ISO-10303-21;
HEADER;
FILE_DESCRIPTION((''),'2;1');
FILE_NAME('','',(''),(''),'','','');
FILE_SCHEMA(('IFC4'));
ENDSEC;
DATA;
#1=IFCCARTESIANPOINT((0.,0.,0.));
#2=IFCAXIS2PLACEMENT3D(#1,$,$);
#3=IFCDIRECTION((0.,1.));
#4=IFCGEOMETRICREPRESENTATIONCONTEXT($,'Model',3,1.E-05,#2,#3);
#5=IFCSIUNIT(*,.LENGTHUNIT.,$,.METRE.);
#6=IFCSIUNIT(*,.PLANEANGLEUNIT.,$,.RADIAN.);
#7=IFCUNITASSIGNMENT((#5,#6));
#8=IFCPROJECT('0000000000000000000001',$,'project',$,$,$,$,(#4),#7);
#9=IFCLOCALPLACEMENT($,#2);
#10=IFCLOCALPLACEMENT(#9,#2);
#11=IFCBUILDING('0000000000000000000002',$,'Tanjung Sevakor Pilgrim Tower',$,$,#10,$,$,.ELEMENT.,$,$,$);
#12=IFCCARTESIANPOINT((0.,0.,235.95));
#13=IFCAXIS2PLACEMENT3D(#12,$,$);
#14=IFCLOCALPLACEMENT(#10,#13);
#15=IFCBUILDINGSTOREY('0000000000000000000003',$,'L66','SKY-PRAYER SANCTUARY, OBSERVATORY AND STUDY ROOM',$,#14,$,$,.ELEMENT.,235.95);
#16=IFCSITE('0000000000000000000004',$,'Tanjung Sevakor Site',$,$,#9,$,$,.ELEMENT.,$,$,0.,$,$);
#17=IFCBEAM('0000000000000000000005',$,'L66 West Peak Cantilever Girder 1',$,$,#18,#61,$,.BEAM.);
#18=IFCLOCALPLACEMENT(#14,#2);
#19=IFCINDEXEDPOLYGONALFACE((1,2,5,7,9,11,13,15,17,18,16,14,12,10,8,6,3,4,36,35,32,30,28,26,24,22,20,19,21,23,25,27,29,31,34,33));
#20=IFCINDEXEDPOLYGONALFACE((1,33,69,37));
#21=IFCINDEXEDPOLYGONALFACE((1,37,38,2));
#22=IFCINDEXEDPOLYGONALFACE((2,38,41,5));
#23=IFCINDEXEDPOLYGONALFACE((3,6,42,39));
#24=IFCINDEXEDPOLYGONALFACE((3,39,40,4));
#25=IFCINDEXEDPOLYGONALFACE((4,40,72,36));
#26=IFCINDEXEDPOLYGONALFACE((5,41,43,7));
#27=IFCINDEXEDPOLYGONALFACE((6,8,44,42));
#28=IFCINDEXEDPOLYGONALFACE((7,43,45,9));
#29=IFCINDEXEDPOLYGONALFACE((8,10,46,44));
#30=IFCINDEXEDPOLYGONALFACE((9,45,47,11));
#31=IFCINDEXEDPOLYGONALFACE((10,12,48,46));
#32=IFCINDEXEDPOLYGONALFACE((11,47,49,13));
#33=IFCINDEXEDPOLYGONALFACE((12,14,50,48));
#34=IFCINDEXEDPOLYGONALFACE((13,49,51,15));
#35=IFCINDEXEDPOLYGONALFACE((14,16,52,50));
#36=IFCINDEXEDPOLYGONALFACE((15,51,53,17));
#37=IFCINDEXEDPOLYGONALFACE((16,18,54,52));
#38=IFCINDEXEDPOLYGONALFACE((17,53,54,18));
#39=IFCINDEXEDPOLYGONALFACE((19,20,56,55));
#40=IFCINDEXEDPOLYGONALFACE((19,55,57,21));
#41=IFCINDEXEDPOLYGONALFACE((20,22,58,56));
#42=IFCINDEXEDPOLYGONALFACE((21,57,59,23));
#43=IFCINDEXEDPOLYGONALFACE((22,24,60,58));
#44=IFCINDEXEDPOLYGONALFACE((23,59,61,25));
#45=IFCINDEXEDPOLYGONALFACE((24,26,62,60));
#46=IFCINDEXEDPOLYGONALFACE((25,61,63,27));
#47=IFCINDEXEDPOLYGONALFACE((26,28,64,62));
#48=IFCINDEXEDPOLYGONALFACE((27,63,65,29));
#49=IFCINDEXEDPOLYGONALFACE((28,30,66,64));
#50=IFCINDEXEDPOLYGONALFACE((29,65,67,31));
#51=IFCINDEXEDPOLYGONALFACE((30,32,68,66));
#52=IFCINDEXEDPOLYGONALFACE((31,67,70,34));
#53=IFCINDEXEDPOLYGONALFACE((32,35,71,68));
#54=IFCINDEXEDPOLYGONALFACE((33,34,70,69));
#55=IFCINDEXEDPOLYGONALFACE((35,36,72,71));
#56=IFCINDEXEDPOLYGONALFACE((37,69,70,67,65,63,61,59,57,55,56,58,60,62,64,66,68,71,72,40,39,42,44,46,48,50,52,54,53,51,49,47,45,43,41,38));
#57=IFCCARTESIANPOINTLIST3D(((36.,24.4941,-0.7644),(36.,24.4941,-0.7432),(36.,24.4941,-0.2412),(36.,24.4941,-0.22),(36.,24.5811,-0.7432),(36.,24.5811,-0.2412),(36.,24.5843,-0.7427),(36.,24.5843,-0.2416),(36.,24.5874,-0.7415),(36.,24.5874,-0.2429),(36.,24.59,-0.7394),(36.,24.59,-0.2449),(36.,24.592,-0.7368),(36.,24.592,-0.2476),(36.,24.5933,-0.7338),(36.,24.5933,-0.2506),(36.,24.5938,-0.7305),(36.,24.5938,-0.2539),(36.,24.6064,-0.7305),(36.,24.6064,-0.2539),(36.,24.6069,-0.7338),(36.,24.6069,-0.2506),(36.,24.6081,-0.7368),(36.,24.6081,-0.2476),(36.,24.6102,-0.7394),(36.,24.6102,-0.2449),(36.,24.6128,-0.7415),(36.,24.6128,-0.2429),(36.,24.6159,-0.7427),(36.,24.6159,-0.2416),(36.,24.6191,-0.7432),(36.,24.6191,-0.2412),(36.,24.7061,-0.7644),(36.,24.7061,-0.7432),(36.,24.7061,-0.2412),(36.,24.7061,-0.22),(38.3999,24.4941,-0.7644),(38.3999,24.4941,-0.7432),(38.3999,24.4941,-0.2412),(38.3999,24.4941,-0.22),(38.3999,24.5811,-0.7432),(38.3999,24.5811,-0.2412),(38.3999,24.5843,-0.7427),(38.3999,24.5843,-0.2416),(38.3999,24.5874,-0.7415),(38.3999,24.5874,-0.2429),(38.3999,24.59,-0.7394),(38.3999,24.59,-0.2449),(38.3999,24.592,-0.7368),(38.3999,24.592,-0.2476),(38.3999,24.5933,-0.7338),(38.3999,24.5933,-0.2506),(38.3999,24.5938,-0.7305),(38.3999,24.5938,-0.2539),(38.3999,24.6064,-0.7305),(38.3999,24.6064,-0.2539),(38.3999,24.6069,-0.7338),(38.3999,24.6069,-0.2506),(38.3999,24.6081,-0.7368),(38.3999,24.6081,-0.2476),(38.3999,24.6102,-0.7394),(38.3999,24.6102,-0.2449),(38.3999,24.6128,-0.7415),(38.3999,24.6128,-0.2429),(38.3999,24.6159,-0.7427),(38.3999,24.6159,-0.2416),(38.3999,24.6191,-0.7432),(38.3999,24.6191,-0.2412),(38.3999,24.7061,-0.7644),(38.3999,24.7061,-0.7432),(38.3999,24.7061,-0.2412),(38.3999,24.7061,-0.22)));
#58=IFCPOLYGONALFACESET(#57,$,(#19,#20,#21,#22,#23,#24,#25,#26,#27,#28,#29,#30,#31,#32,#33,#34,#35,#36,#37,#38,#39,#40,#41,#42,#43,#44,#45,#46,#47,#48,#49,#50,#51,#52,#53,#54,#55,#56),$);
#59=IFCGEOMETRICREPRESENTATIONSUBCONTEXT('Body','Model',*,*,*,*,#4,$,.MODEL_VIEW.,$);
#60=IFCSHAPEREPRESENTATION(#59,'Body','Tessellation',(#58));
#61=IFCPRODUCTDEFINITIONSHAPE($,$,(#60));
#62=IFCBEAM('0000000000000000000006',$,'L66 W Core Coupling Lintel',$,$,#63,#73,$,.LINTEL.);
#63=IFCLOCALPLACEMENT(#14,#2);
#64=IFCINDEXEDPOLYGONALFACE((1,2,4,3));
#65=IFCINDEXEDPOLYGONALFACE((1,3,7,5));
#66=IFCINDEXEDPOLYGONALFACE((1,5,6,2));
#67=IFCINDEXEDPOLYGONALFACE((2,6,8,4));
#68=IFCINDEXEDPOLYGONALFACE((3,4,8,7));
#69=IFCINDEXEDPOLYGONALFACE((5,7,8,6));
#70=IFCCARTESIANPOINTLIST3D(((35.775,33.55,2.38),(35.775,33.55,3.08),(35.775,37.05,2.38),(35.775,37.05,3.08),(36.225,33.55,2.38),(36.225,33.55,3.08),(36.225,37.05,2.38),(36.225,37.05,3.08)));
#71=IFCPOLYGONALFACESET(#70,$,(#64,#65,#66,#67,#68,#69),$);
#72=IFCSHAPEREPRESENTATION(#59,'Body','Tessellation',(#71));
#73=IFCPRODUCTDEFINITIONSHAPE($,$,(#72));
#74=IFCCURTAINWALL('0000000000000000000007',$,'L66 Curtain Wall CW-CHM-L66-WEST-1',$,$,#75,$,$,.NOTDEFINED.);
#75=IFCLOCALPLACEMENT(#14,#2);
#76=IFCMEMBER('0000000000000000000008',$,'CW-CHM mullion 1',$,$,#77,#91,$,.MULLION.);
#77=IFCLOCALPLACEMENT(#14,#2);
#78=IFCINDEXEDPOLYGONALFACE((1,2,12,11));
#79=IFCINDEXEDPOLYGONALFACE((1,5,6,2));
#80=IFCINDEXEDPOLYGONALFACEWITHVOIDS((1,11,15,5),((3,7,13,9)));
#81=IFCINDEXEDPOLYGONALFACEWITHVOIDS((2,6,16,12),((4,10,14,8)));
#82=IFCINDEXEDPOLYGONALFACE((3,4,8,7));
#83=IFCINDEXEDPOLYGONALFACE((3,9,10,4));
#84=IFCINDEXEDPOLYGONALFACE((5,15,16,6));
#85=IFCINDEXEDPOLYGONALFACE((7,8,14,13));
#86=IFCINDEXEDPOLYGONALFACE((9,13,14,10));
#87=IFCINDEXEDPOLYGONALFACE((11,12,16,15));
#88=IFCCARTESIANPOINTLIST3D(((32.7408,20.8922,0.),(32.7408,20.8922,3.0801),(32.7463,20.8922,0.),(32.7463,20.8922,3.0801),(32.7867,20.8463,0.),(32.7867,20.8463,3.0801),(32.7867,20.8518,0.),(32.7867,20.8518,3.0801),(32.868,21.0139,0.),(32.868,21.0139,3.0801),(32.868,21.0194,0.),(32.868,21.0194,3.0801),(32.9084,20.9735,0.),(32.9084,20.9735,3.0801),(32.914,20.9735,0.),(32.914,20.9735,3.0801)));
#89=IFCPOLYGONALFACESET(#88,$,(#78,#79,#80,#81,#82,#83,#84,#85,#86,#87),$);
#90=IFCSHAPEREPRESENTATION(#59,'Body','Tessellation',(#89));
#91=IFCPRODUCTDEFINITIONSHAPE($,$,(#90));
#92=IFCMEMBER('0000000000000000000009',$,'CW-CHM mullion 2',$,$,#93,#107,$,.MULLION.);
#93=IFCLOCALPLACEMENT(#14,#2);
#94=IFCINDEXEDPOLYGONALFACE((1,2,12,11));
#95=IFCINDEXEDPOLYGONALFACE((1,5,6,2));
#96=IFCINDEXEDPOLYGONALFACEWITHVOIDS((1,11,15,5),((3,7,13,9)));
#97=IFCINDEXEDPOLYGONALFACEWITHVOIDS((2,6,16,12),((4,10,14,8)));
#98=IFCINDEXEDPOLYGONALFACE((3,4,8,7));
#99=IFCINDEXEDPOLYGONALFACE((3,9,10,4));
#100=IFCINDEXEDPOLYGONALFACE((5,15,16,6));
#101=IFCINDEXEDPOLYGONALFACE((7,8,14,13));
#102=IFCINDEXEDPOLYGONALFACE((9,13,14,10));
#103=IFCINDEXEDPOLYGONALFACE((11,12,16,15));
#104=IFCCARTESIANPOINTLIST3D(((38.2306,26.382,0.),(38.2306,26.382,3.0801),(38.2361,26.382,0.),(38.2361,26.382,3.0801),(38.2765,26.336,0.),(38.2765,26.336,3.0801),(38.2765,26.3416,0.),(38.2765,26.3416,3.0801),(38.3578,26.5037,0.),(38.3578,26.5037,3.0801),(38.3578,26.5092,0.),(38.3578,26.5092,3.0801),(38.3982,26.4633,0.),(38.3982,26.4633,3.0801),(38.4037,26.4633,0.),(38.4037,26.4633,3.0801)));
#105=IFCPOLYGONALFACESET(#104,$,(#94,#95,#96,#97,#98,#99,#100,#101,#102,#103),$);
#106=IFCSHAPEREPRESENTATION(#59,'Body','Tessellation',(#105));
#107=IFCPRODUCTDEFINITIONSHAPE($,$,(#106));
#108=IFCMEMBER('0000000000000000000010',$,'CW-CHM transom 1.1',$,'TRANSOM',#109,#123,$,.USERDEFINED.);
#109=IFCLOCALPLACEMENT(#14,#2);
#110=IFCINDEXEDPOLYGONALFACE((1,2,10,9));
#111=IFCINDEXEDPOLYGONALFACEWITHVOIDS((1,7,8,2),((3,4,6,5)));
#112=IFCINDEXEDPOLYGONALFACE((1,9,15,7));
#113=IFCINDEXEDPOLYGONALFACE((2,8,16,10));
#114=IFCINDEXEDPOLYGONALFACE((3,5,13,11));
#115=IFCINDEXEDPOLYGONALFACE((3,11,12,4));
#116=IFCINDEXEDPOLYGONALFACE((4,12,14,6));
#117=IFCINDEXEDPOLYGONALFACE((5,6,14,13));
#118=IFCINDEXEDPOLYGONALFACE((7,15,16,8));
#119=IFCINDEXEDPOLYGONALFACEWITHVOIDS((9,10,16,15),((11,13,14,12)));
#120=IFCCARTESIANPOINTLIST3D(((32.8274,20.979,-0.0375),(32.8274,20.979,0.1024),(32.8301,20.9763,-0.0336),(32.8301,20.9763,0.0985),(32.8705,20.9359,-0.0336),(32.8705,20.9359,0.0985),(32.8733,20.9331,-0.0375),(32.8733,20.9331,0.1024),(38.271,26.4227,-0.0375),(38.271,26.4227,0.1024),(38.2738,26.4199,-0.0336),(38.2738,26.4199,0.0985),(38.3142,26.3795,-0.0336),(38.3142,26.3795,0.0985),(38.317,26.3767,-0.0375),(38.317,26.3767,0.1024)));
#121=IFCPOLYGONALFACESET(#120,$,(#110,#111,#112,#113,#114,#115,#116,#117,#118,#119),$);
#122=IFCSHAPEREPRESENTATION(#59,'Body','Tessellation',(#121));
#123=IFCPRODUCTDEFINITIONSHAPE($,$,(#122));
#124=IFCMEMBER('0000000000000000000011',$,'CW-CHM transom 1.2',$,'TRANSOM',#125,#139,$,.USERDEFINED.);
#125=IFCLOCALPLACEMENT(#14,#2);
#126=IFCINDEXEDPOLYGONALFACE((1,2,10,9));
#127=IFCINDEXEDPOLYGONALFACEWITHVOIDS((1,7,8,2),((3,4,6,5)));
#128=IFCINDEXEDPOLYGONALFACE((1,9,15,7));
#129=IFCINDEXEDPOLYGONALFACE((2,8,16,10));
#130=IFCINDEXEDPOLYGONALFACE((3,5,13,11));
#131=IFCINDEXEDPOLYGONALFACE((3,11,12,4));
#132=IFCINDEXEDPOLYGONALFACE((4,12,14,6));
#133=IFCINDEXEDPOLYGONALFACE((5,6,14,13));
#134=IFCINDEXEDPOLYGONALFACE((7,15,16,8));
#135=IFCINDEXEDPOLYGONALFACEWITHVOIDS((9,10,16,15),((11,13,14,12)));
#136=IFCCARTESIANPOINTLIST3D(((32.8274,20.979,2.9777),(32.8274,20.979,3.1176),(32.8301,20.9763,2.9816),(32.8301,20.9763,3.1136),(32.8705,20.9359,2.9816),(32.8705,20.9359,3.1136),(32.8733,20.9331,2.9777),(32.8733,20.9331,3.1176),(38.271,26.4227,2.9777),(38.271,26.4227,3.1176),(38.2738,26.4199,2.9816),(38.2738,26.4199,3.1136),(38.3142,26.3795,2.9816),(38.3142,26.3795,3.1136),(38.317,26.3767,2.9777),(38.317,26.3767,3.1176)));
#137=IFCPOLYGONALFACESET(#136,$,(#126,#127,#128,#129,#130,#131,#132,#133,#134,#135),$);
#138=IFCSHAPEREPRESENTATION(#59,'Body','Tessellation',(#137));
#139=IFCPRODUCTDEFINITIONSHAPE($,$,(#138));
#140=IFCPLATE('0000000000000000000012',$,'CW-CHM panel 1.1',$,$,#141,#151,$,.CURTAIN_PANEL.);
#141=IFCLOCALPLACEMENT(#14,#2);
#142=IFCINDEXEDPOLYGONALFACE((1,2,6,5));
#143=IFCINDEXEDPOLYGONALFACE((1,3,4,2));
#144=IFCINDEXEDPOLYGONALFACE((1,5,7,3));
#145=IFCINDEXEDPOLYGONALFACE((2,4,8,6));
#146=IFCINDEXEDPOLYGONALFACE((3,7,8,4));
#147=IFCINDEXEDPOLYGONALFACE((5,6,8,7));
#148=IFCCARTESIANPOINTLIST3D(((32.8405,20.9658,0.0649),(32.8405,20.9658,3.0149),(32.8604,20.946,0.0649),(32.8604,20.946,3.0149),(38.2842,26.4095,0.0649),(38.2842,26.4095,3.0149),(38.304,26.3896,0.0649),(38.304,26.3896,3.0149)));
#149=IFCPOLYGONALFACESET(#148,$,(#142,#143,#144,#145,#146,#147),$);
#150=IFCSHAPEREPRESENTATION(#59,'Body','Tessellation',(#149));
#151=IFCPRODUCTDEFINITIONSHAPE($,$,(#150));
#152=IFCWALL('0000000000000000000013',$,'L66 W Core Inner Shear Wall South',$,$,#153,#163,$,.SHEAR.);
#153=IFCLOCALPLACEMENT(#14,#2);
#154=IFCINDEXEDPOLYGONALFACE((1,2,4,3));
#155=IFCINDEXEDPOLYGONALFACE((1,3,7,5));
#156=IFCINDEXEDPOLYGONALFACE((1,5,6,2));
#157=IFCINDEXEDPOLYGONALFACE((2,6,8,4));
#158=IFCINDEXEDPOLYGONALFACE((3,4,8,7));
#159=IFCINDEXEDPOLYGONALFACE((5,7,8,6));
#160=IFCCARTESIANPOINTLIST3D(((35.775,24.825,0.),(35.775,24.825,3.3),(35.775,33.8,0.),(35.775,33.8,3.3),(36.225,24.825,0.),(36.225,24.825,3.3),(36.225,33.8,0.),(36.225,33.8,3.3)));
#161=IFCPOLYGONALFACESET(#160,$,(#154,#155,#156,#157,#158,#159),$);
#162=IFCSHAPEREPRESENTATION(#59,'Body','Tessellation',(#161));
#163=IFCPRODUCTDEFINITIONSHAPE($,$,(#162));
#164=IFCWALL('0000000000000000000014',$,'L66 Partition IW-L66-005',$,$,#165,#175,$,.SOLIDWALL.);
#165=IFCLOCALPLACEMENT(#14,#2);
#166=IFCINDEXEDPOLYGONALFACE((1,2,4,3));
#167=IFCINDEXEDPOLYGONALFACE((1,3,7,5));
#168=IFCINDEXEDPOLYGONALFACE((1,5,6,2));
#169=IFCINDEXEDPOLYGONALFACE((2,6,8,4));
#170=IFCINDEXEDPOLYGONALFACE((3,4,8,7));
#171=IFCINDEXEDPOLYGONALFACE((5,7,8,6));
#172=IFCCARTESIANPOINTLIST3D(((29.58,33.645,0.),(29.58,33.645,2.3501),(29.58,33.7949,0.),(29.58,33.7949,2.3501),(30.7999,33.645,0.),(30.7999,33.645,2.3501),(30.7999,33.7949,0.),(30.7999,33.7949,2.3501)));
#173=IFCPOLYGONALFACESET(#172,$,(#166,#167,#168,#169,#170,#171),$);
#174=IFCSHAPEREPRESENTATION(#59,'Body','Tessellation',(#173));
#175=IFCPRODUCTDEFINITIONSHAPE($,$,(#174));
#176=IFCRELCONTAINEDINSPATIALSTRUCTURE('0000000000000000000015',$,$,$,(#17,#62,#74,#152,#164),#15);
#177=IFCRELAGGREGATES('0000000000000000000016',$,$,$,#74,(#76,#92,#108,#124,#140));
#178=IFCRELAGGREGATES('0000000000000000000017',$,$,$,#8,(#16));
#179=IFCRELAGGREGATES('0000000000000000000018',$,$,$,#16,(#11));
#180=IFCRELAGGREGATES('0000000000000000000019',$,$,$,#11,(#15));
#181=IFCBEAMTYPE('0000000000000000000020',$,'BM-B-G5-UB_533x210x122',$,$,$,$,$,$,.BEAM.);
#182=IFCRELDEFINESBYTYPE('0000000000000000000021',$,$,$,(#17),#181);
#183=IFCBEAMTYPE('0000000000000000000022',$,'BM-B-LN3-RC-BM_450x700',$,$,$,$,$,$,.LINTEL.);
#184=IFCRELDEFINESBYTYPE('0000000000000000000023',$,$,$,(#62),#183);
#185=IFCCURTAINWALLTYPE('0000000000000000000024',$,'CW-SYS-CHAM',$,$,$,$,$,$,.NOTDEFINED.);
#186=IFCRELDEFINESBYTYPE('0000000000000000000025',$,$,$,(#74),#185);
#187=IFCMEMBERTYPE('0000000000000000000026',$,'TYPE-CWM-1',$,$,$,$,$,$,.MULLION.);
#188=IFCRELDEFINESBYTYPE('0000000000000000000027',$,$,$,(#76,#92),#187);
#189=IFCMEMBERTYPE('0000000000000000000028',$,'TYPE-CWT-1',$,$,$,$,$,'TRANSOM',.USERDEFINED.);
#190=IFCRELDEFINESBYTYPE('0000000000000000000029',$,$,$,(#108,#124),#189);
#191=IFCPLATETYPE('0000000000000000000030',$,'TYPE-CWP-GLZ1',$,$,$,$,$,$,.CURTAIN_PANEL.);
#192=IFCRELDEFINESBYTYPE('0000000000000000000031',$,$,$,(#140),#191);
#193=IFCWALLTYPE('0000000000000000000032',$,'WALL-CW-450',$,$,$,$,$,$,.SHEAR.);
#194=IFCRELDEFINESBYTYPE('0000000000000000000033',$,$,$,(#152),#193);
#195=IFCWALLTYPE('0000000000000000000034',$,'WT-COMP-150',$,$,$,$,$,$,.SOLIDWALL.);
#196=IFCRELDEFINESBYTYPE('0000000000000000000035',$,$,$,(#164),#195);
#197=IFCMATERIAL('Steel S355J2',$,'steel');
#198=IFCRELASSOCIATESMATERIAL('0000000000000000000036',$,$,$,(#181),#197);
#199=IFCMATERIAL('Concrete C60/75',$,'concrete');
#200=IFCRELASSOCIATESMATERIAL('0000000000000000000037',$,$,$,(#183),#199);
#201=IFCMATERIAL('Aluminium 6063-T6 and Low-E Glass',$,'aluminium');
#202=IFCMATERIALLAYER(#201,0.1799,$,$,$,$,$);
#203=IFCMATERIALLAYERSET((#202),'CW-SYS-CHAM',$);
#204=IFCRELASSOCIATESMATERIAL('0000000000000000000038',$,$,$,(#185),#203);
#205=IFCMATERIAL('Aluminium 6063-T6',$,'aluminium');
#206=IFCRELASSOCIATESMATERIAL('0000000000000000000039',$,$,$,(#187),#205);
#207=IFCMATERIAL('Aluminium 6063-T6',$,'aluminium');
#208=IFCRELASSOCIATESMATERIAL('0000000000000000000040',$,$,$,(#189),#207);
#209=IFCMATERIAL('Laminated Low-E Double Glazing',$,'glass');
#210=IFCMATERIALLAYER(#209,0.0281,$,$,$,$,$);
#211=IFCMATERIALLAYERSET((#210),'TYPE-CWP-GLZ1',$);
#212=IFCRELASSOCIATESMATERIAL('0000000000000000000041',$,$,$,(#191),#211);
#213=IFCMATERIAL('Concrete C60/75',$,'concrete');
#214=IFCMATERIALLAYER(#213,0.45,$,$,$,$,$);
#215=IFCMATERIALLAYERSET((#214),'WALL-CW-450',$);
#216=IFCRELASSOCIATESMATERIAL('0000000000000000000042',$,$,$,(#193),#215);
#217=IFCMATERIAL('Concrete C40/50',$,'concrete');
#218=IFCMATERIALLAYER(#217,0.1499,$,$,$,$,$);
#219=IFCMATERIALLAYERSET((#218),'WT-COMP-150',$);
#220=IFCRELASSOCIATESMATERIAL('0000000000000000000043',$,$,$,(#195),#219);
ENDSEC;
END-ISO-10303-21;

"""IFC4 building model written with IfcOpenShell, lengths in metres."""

from ifc_helpers import new_model, si_unit, direction, frame, frame_2d, origin, origin_2d, place, context, subcontext, project, spatial, rectangle, hollow_rectangle, i_section, extrude, material, layer, layer_set, material_profile, profile_set, type_object, element, aggregate, save


model = new_model("IFC4")

# Units and contexts
model_context = context("Model", 3, precision=1e-05, world=origin(), true_north=direction((0.0, 1.0)))
body_context = subcontext(model_context, "Body", "Model", "MODEL_VIEW")
ifc_project = project(units=[si_unit("LENGTHUNIT", "METRE"), si_unit("PLANEANGLEUNIT", "RADIAN")], contexts=[model_context])

# Site, building, storey
site_placement = place(None, origin())
site = spatial("IfcSite", under=ifc_project, at=site_placement, Name="Tanjung Sevakor Site", CompositionType="ELEMENT", RefElevation=0.0)
building_placement = place(site_placement, origin())
building = spatial("IfcBuilding", under=site, at=building_placement, Name="Tanjung Sevakor Pilgrim Tower", CompositionType="ELEMENT")
storey_placement = place(building_placement, frame((0.0, 0.0, 235.95)))
storey = spatial("IfcBuildingStorey", under=building, at=storey_placement, Name="L66", Description="SKY-PRAYER SANCTUARY, OBSERVATORY AND STUDY ROOM", CompositionType="ELEMENT", Elevation=235.95)

# Beams
ifc_material_1 = material(Name="Steel S355J2", Category="steel")
ifc_material_profile_1 = material_profile(ifc_material_1, i_section(OverallWidth=0.2119, OverallDepth=0.5444, WebThickness=0.0127, FlangeThickness=0.0212, FilletRadius=0.0127, at=origin_2d()))
ifc_profile_set_1 = profile_set([ifc_material_profile_1], Name="Steel S355J2")
beam_type_1 = type_object("IfcBeamType", Name="BM-B-G5-UB_533x210x122", PredefinedType="BEAM", material=ifc_profile_set_1)
beam_1_placement = place(storey_placement, frame((36.0, 24.6001, -0.4922), z_axis=(1.0, 0.0, 0.0), x_axis=(0.0, 1.0, 0.0)))
element("IfcBeam", 1, at=beam_1_placement, inside=storey, type_object=beam_type_1, Name="L66 West Peak Cantilever Girder 1", PredefinedType="BEAM", context=body_context, shape_type="SweptSolid", body=[
    extrude(i_section(OverallWidth=0.2119, OverallDepth=0.5444, WebThickness=0.0127, FlangeThickness=0.0212, FilletRadius=0.0127, at=origin_2d()), origin(), (0.0, 0.0, 1.0), 2.3999),
])
ifc_material_2 = material(Name="Concrete C60/75", Category="concrete")
ifc_material_profile_2 = material_profile(ifc_material_2, rectangle(XDim=0.45, YDim=0.7, at=origin_2d()))
ifc_profile_set_2 = profile_set([ifc_material_profile_2], Name="Concrete C60/75")
beam_type_2 = type_object("IfcBeamType", Name="BM-B-LN3-RC-BM_450x700", PredefinedType="LINTEL", material=ifc_profile_set_2)
beam_2_placement = place(storey_placement, frame((36.0, 33.55, 2.73), z_axis=(0.0, 1.0, 0.0), x_axis=(-1.0, 0.0, 0.0)))
element("IfcBeam", 2, at=beam_2_placement, inside=storey, type_object=beam_type_2, Name="L66 W Core Coupling Lintel", PredefinedType="LINTEL", context=body_context, shape_type="SweptSolid", body=[
    extrude(rectangle(XDim=0.45, YDim=0.7, at=origin_2d()), origin(), (0.0, 0.0, 1.0), 3.5),
])

# Curtain wall, members, plate
ifc_material_3 = material(Name="Aluminium 6063-T6 and Low-E Glass", Category="aluminium")
ifc_layer_1 = layer(ifc_material_3, 0.1799)
ifc_layer_set_1 = layer_set([ifc_layer_1], Name="CW-SYS-CHAM")
curtain_wall_type = type_object("IfcCurtainWallType", Name="CW-SYS-CHAM", PredefinedType="NOTDEFINED", material=ifc_layer_set_1)
curtain_wall_placement = place(storey_placement, origin())
curtain_wall = element("IfcCurtainWall", 3, at=curtain_wall_placement, inside=storey, type_object=curtain_wall_type, Name="L66 Curtain Wall CW-CHM-L66-WEST-1", PredefinedType="NOTDEFINED")
ifc_material_4 = material(Name="Aluminium 6063-T6", Category="aluminium")
ifc_material_profile_3 = material_profile(ifc_material_4, hollow_rectangle(XDim=0.0649, YDim=0.1799, WallThickness=0.0039, at=origin_2d()))
ifc_profile_set_3 = profile_set([ifc_material_profile_3], Name="Aluminium 6063-T6")
member_type_1 = type_object("IfcMemberType", Name="TYPE-CWM-1", PredefinedType="MULLION", material=ifc_profile_set_3)
member_1_placement = place(storey_placement, frame((32.8274, 20.9329, 0.0), z_axis=(0.0, 0.0, 1.0), x_axis=(-0.707107, 0.707107, 0.0)))
member_1 = element("IfcMember", 4, at=member_1_placement, type_object=member_type_1, Name="CW-CHM mullion 1", PredefinedType="MULLION", context=body_context, shape_type="SweptSolid", body=[
    extrude(hollow_rectangle(XDim=0.0649, YDim=0.1799, WallThickness=0.0039, at=origin_2d()), origin(), (0.0, 0.0, 1.0), 3.0801),
])
member_2_placement = place(storey_placement, frame((38.3171, 26.4226, 0.0), z_axis=(0.0, 0.0, 1.0), x_axis=(-0.707107, 0.707107, 0.0)))
member_2 = element("IfcMember", 5, at=member_2_placement, type_object=member_type_1, Name="CW-CHM mullion 2", PredefinedType="MULLION", context=body_context, shape_type="SweptSolid", body=[
    extrude(hollow_rectangle(XDim=0.0649, YDim=0.1799, WallThickness=0.0039, at=origin_2d()), origin(), (0.0, 0.0, 1.0), 3.0801),
])
ifc_material_5 = material(Name="Aluminium 6063-T6", Category="aluminium")
ifc_material_profile_4 = material_profile(ifc_material_5, hollow_rectangle(XDim=0.0649, YDim=0.1399, WallThickness=0.0039, at=origin_2d()))
ifc_profile_set_4 = profile_set([ifc_material_profile_4], Name="Aluminium 6063-T6")
member_type_2 = type_object("IfcMemberType", Name="TYPE-CWT-1", ElementType="TRANSOM", PredefinedType="USERDEFINED", material=ifc_profile_set_4)
member_3_placement = place(storey_placement, frame((32.8503, 20.9561, 0.0325), z_axis=(0.707107, 0.707107, 0.0), x_axis=(-0.707107, 0.707107, 0.0)))
member_3 = element("IfcMember", 6, at=member_3_placement, type_object=member_type_2, Name="CW-CHM transom 1.1", ObjectType="TRANSOM", PredefinedType="USERDEFINED", context=body_context, shape_type="SweptSolid", body=[
    extrude(hollow_rectangle(XDim=0.0649, YDim=0.1399, WallThickness=0.0039, at=origin_2d()), origin(), (0.0, 0.0, 1.0), 7.6985),
])
member_4_placement = place(storey_placement, frame((32.8503, 20.9561, 3.0476), z_axis=(0.707107, 0.707107, 0.0), x_axis=(-0.707107, 0.707107, 0.0)))
member_4 = element("IfcMember", 7, at=member_4_placement, type_object=member_type_2, Name="CW-CHM transom 1.2", ObjectType="TRANSOM", PredefinedType="USERDEFINED", context=body_context, shape_type="SweptSolid", body=[
    extrude(hollow_rectangle(XDim=0.0649, YDim=0.1399, WallThickness=0.0039, at=origin_2d()), origin(), (0.0, 0.0, 1.0), 7.6985),
])
ifc_material_6 = material(Name="Laminated Low-E Double Glazing", Category="glass")
ifc_layer_2 = layer(ifc_material_6, 0.0281)
ifc_layer_set_2 = layer_set([ifc_layer_2], Name="TYPE-CWP-GLZ1")
plate_type = type_object("IfcPlateType", Name="TYPE-CWP-GLZ1", PredefinedType="CURTAIN_PANEL", material=ifc_layer_set_2)
plate_placement = place(storey_placement, frame((35.5723, 23.6777, 0.0649), z_axis=(0.0, 0.0, 1.0), x_axis=(0.707107, 0.707107, 0.0)))
plate = element("IfcPlate", 8, at=plate_placement, type_object=plate_type, Name="CW-CHM panel 1.1", PredefinedType="CURTAIN_PANEL", context=body_context, shape_type="SweptSolid", body=[
    extrude(rectangle(XDim=7.6985, YDim=0.0281, at=origin_2d()), origin(), (0.0, 0.0, 1.0), 2.95),
])
aggregate(curtain_wall, [member_1, member_2, member_3, member_4, plate])

# Walls
ifc_material_7 = material(Name="Concrete C60/75", Category="concrete")
ifc_layer_3 = layer(ifc_material_7, 0.45)
ifc_layer_set_3 = layer_set([ifc_layer_3], Name="WALL-CW-450")
wall_type_1 = type_object("IfcWallType", Name="WALL-CW-450", PredefinedType="SHEAR", material=ifc_layer_set_3)
wall_1_placement = place(storey_placement, frame((36.0, 24.825, 0.0), z_axis=(0.0, 0.0, 1.0), x_axis=(0.0, 1.0, 0.0)))
element("IfcWall", 9, at=wall_1_placement, inside=storey, type_object=wall_type_1, Name="L66 W Core Inner Shear Wall South", PredefinedType="SHEAR", context=body_context, shape_type="SweptSolid", body=[
    extrude(rectangle(XDim=8.9751, YDim=0.45, at=frame_2d((4.4875, 0.0))), origin(), (0.0, 0.0, 1.0), 3.3),
])
ifc_material_8 = material(Name="Concrete C40/50", Category="concrete")
ifc_layer_4 = layer(ifc_material_8, 0.1499)
ifc_layer_set_4 = layer_set([ifc_layer_4], Name="WT-COMP-150")
wall_type_2 = type_object("IfcWallType", Name="WT-COMP-150", PredefinedType="SOLIDWALL", material=ifc_layer_set_4)
wall_2_placement = place(storey_placement, frame((29.5801, 33.72, 0.0), z_axis=(0.0, 0.0, 1.0), x_axis=(1.0, 0.0, 0.0)))
element("IfcWall", 10, at=wall_2_placement, inside=storey, type_object=wall_type_2, Name="L66 Partition IW-L66-005", PredefinedType="SOLIDWALL", context=body_context, shape_type="SweptSolid", body=[
    extrude(rectangle(XDim=1.22, YDim=0.1499, at=frame_2d((0.6099, 0.0))), origin(), (0.0, 0.0, 1.0), 2.3501),
])

save(model, "model.ifc")
